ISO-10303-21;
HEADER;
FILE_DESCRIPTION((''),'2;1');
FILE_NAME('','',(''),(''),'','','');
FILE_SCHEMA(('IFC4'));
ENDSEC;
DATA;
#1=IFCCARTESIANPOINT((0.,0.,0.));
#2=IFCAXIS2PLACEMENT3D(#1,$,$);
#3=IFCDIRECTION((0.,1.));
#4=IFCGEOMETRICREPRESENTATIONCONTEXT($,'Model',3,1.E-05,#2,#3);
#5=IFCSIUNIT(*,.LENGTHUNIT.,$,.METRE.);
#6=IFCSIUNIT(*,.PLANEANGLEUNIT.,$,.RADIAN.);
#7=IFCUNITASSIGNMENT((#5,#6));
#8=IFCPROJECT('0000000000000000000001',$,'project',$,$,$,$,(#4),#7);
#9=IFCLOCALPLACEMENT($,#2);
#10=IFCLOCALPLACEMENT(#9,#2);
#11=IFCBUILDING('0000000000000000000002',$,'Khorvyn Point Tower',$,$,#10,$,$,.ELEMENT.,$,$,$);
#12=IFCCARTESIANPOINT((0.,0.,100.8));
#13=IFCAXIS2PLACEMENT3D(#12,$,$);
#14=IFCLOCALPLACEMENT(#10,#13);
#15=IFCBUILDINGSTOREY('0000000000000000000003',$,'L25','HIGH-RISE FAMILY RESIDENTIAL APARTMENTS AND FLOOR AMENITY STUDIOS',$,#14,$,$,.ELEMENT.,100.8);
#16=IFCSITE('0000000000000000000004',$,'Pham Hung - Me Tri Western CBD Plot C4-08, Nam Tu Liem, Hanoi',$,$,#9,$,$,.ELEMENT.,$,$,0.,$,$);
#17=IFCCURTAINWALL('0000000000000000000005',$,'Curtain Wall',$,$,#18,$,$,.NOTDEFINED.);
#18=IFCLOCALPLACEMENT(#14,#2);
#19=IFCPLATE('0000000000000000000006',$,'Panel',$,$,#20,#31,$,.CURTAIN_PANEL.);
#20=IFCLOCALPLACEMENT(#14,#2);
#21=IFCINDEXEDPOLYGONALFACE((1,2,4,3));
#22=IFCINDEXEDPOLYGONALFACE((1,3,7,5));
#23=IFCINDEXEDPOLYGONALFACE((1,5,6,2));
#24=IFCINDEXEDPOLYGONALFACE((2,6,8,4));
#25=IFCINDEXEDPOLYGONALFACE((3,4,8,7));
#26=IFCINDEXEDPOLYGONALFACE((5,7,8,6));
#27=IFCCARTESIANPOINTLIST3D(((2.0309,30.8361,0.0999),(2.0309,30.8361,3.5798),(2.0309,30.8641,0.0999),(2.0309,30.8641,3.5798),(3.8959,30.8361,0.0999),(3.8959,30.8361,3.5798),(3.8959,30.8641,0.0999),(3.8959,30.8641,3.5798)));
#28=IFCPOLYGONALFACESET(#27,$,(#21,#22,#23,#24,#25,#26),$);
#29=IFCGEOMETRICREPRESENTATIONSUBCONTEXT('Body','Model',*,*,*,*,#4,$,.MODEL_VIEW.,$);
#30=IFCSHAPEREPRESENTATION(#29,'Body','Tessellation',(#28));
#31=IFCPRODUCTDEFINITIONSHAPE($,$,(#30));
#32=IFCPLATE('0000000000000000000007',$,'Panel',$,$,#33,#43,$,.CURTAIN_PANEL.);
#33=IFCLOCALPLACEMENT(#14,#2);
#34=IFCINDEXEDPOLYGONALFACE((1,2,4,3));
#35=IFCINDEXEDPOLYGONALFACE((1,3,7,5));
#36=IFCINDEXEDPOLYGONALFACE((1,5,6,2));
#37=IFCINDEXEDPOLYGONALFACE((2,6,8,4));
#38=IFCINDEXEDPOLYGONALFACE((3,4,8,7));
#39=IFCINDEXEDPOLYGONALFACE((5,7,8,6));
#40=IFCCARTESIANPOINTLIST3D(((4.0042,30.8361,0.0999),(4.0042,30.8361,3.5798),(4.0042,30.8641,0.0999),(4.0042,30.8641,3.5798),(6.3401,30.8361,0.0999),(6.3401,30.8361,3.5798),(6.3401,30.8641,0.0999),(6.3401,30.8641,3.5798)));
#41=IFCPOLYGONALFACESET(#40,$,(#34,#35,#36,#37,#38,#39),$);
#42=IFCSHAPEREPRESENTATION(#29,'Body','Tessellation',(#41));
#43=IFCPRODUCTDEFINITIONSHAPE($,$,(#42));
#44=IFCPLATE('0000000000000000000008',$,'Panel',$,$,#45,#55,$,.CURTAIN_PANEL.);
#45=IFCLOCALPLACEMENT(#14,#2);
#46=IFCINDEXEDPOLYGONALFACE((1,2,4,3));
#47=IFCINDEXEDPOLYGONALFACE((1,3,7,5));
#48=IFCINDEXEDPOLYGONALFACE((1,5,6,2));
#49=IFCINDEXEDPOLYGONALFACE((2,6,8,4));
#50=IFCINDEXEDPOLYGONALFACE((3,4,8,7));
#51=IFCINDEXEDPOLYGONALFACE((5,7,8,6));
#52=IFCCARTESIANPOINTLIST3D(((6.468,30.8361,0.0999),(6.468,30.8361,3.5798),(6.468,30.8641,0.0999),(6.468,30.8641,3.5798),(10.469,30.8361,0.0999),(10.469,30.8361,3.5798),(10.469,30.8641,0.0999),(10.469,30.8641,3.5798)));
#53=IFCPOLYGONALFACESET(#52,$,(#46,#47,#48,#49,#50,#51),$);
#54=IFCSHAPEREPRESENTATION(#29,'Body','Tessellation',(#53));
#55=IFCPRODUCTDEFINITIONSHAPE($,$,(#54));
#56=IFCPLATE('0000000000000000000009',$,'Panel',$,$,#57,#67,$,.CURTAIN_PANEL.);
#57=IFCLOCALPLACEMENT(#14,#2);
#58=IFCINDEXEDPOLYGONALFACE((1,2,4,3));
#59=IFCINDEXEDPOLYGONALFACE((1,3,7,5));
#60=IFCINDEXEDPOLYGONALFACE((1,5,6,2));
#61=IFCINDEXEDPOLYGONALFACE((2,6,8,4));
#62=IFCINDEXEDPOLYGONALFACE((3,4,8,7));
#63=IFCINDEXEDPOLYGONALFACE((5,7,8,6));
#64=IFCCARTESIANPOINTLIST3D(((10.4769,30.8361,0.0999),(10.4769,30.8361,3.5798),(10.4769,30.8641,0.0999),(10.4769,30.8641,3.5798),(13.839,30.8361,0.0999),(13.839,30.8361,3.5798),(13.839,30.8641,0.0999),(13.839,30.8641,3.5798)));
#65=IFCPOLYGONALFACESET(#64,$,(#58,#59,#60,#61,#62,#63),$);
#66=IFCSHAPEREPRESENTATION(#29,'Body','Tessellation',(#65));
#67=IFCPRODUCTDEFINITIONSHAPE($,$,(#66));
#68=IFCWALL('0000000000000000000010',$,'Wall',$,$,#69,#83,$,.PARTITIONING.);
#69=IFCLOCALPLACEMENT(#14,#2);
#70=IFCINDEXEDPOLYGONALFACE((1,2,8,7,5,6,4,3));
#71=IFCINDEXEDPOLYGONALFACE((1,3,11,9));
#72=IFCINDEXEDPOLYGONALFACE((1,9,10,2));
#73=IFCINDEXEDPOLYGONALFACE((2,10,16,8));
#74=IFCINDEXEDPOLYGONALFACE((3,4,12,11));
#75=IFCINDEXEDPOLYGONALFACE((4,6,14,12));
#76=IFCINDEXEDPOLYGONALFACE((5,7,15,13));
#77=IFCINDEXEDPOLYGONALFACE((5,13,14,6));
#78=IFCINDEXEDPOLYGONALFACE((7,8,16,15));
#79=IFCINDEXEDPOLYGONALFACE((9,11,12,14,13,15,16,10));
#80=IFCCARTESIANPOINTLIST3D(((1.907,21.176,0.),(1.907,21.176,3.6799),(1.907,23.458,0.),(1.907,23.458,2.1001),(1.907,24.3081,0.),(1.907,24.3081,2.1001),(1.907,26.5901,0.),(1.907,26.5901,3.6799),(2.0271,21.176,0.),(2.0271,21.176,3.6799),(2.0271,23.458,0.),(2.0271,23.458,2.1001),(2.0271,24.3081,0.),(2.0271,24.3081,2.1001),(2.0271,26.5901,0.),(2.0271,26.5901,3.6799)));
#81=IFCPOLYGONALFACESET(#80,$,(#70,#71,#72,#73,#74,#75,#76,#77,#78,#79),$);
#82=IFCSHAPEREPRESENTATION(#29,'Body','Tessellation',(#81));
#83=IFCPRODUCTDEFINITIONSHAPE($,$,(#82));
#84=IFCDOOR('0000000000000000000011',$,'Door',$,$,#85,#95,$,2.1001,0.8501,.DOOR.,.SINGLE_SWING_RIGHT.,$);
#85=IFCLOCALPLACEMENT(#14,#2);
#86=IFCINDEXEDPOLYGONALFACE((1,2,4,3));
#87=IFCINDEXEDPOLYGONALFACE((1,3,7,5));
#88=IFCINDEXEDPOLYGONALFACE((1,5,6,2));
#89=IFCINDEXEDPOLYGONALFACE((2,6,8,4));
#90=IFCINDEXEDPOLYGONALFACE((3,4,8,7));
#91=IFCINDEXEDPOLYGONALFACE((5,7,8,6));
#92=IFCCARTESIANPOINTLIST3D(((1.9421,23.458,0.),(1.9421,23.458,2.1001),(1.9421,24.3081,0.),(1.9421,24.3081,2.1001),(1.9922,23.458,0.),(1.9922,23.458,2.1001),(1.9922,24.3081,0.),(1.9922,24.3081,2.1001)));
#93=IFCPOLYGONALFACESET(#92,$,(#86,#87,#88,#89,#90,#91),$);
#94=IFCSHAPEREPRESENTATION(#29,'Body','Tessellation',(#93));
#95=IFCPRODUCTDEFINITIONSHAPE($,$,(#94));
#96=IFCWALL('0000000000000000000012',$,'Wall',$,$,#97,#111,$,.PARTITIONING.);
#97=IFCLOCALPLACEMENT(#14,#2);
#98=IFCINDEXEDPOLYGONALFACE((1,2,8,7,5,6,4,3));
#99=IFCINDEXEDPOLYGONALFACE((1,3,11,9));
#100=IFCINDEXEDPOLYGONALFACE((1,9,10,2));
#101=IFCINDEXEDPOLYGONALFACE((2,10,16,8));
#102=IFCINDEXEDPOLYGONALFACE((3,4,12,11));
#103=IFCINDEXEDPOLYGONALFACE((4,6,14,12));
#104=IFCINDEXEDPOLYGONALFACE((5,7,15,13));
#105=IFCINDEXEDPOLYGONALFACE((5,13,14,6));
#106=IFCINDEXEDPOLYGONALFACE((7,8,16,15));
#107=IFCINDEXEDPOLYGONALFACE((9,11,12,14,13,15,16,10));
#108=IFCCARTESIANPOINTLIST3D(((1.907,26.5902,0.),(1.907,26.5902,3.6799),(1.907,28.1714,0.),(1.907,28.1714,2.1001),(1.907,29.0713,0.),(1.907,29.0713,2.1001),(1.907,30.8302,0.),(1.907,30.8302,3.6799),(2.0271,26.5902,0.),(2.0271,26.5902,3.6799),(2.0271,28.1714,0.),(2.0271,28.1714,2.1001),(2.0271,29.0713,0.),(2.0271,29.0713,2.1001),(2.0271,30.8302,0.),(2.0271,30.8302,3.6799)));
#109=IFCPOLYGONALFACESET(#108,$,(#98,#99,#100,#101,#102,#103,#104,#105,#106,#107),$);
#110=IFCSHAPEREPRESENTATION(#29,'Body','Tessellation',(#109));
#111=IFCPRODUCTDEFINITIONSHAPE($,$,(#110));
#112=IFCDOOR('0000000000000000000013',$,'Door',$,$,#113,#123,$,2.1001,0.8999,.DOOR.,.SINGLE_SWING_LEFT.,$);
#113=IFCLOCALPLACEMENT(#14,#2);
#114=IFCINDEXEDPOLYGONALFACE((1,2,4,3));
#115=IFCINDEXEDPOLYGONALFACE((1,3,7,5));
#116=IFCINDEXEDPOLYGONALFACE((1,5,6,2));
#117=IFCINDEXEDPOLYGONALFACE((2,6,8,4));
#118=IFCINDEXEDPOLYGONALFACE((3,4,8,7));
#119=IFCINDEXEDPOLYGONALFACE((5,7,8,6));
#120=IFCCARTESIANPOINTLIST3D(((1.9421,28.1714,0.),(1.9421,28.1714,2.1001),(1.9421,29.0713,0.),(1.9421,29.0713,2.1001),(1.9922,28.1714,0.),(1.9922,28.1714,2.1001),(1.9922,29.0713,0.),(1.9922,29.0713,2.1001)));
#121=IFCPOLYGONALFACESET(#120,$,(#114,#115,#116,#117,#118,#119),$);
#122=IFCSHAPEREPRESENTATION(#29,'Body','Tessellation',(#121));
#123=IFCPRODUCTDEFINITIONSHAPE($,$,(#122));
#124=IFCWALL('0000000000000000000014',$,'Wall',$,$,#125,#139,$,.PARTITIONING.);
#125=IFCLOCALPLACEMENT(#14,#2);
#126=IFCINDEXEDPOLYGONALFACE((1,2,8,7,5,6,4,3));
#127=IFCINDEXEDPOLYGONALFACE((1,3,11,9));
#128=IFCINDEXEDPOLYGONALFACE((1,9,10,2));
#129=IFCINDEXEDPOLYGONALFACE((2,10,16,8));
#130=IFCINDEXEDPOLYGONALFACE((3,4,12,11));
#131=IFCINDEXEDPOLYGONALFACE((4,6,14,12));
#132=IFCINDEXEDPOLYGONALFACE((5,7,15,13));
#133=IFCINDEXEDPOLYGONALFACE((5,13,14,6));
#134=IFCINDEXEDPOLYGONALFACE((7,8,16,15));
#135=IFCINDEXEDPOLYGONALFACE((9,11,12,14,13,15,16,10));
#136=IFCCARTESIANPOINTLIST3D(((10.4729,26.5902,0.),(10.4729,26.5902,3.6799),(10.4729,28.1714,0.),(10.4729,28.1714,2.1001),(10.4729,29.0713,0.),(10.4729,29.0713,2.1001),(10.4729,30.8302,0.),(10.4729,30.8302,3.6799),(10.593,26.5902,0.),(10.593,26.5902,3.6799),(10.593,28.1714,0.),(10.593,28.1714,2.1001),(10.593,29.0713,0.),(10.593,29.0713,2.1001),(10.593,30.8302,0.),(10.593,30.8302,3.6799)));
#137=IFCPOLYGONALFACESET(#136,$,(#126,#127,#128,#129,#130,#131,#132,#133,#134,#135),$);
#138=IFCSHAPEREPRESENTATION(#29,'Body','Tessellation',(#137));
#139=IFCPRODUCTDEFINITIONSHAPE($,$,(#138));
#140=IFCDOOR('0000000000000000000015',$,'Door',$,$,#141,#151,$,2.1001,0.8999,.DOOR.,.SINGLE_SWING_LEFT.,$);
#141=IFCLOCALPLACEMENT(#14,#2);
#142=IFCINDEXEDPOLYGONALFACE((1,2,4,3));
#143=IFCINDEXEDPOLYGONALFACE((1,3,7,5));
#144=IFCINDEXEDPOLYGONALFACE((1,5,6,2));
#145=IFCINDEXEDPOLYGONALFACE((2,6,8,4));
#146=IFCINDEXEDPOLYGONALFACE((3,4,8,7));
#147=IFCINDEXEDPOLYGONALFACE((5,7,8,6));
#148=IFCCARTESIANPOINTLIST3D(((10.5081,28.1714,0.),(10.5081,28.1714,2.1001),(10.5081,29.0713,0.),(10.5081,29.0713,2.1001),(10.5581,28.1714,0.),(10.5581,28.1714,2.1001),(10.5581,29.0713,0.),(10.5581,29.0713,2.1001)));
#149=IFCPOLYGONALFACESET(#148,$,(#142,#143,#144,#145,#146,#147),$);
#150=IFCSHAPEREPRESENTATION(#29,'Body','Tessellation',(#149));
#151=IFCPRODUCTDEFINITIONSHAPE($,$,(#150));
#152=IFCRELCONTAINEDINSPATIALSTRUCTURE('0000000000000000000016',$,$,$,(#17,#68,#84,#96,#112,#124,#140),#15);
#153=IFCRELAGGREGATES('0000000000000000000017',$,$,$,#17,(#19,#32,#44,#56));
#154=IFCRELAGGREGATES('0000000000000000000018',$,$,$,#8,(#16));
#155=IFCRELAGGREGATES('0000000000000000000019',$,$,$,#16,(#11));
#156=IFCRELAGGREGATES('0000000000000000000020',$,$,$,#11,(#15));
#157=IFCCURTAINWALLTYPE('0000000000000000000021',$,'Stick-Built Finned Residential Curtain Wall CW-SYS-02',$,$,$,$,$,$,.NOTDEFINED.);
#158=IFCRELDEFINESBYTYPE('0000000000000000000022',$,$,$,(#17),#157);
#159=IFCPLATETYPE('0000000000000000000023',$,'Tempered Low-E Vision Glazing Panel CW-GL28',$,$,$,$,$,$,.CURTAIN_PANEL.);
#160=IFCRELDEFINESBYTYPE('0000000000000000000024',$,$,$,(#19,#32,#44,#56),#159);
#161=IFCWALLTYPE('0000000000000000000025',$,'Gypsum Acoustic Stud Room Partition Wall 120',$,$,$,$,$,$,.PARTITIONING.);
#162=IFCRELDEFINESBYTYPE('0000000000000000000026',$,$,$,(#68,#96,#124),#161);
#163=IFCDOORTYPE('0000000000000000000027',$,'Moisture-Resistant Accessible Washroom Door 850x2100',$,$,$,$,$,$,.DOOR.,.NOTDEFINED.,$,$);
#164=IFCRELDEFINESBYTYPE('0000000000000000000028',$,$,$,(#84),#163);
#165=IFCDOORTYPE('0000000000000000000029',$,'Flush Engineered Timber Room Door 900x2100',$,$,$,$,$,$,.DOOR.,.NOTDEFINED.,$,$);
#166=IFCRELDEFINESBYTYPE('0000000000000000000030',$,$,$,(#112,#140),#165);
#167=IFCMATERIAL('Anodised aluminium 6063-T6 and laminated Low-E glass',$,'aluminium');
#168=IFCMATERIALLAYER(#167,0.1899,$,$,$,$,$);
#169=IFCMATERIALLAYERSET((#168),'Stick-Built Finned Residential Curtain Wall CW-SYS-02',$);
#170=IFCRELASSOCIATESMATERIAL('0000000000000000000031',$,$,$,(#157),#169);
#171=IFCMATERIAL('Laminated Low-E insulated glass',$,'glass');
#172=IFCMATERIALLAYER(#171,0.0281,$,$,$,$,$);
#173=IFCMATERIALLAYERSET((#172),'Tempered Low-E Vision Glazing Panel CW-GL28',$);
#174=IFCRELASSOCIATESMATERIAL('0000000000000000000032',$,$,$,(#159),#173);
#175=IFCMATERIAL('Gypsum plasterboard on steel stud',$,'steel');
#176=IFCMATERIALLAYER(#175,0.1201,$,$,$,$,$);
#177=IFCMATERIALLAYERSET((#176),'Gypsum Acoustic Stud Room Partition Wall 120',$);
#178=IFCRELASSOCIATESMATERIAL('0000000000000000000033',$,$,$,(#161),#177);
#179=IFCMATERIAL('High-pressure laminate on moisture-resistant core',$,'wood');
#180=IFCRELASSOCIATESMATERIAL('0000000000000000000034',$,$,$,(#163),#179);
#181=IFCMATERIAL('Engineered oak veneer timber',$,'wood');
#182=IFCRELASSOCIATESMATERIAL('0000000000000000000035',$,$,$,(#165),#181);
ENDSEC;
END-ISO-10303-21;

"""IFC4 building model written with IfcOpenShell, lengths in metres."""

from ifc_helpers import new_model, si_unit, direction, frame, frame_2d, origin, origin_2d, place, context, subcontext, project, spatial, rectangle, extrude, material, layer, layer_set, type_object, element, fill, aggregate, save


model = new_model("IFC4")

# Units and contexts
model_context = context("Model", 3, precision=1e-05, world=origin(), true_north=direction((0.0, 1.0)))
body_context = subcontext(model_context, "Body", "Model", "MODEL_VIEW")
ifc_project = project(units=[si_unit("LENGTHUNIT", "METRE"), si_unit("PLANEANGLEUNIT", "RADIAN")], contexts=[model_context])

# Site, building, storey
site_placement = place(None, origin())
site = spatial("IfcSite", under=ifc_project, at=site_placement, Name="Pham Hung - Me Tri Western CBD Plot C4-08, Nam Tu Liem, Hanoi", CompositionType="ELEMENT", RefElevation=0.0)
building_placement = place(site_placement, origin())
building = spatial("IfcBuilding", under=site, at=building_placement, Name="Khorvyn Point Tower", CompositionType="ELEMENT")
storey_placement = place(building_placement, frame((0.0, 0.0, 100.8)))
storey = spatial("IfcBuildingStorey", under=building, at=storey_placement, Name="L25", Description="HIGH-RISE FAMILY RESIDENTIAL APARTMENTS AND FLOOR AMENITY STUDIOS", CompositionType="ELEMENT", Elevation=100.8)

# Curtain wall
ifc_material_1 = material(Name="Anodised aluminium 6063-T6 and laminated Low-E glass", Category="aluminium")
ifc_layer_1 = layer(ifc_material_1, 0.1899)
ifc_layer_set_1 = layer_set([ifc_layer_1], Name="Stick-Built Finned Residential Curtain Wall CW-SYS-02")
curtain_wall_type = type_object("IfcCurtainWallType", Name="Stick-Built Finned Residential Curtain Wall CW-SYS-02", PredefinedType="NOTDEFINED", material=ifc_layer_set_1)
curtain_wall_placement = place(storey_placement, origin())
curtain_wall = element("IfcCurtainWall", 1, at=curtain_wall_placement, inside=storey, type_object=curtain_wall_type, Name="Curtain Wall", PredefinedType="NOTDEFINED")

# Plates
ifc_material_2 = material(Name="Laminated Low-E insulated glass", Category="glass")
ifc_layer_2 = layer(ifc_material_2, 0.0281)
ifc_layer_set_2 = layer_set([ifc_layer_2], Name="Tempered Low-E Vision Glazing Panel CW-GL28")
plate_type = type_object("IfcPlateType", Name="Tempered Low-E Vision Glazing Panel CW-GL28", PredefinedType="CURTAIN_PANEL", material=ifc_layer_set_2)
plate_1_placement = place(storey_placement, frame((2.9634, 30.8501, 0.0999), z_axis=(0.0, 0.0, 1.0), x_axis=(1.0, 0.0, 0.0)))
plate_1 = element("IfcPlate", 2, at=plate_1_placement, type_object=plate_type, Name="Panel", PredefinedType="CURTAIN_PANEL", context=body_context, shape_type="SweptSolid", body=[
    extrude(rectangle(XDim=1.865, YDim=0.0281, at=origin_2d()), origin(), (0.0, 0.0, 1.0), 3.48),
])
plate_2_placement = place(storey_placement, frame((5.1721, 30.8501, 0.0999), z_axis=(0.0, 0.0, 1.0), x_axis=(1.0, 0.0, 0.0)))
plate_2 = element("IfcPlate", 3, at=plate_2_placement, type_object=plate_type, Name="Panel", PredefinedType="CURTAIN_PANEL", context=body_context, shape_type="SweptSolid", body=[
    extrude(rectangle(XDim=2.3359, YDim=0.0281, at=origin_2d()), origin(), (0.0, 0.0, 1.0), 3.48),
])
plate_3_placement = place(storey_placement, frame((8.4685, 30.8501, 0.0999), z_axis=(0.0, 0.0, 1.0), x_axis=(1.0, 0.0, 0.0)))
plate_3 = element("IfcPlate", 4, at=plate_3_placement, type_object=plate_type, Name="Panel", PredefinedType="CURTAIN_PANEL", context=body_context, shape_type="SweptSolid", body=[
    extrude(rectangle(XDim=4.001, YDim=0.0281, at=origin_2d()), origin(), (0.0, 0.0, 1.0), 3.48),
])
plate_4_placement = place(storey_placement, frame((12.158, 30.8501, 0.0999), z_axis=(0.0, 0.0, 1.0), x_axis=(1.0, 0.0, 0.0)))
plate_4 = element("IfcPlate", 5, at=plate_4_placement, type_object=plate_type, Name="Panel", PredefinedType="CURTAIN_PANEL", context=body_context, shape_type="SweptSolid", body=[
    extrude(rectangle(XDim=3.3621, YDim=0.0281, at=origin_2d()), origin(), (0.0, 0.0, 1.0), 3.48),
])
aggregate(curtain_wall, [plate_1, plate_2, plate_3, plate_4])

# Walls, openings, doors
ifc_material_3 = material(Name="Gypsum plasterboard on steel stud", Category="steel")
ifc_layer_3 = layer(ifc_material_3, 0.1201)
ifc_layer_set_3 = layer_set([ifc_layer_3], Name="Gypsum Acoustic Stud Room Partition Wall 120")
wall_type_1 = type_object("IfcWallType", Name="Gypsum Acoustic Stud Room Partition Wall 120", PredefinedType="PARTITIONING", material=ifc_layer_set_3)
wall_1_placement = place(storey_placement, frame((1.967, 21.176, 0.0), z_axis=(0.0, 0.0, 1.0), x_axis=(0.0, 1.0, 0.0)))
wall_1 = element("IfcWall", 6, at=wall_1_placement, inside=storey, type_object=wall_type_1, Name="Wall", PredefinedType="PARTITIONING", context=body_context, shape_type="SweptSolid", body=[
    extrude(rectangle(XDim=5.4141, YDim=0.1201, at=frame_2d((2.707, 0.0))), origin(), (0.0, 0.0, 1.0), 3.6799),
])
opening_1_placement = place(wall_1_placement, frame((2.282, 0.0, 0.0)))
opening_1 = element("IfcOpeningElement", 7, at=opening_1_placement, cuts=wall_1, PredefinedType="OPENING", context=body_context, shape_type="SweptSolid", body=[
    extrude(rectangle(XDim=0.8501, YDim=2.1001, at=frame_2d((0.425, 1.05))), frame((0.0, 0.0701, 0.0), z_axis=(0.0, -1.0, 0.0), x_axis=(1.0, 0.0, 0.0)), (0.0, 0.0, 1.0), 0.1401),
])
ifc_material_4 = material(Name="High-pressure laminate on moisture-resistant core", Category="wood")
door_type_1 = type_object("IfcDoorType", Name="Moisture-Resistant Accessible Washroom Door 850x2100", OperationType="NOTDEFINED", PredefinedType="DOOR", material=ifc_material_4)
door_1_placement = place(opening_1_placement, origin())
door_1 = element("IfcDoor", 8, at=door_1_placement, inside=storey, type_object=door_type_1, Name="Door", OperationType="SINGLE_SWING_RIGHT", OverallHeight=2.1001, OverallWidth=0.8501, PredefinedType="DOOR", context=body_context, shape_type="SweptSolid", body=[
    extrude(rectangle(XDim=0.8501, YDim=2.1001, at=frame_2d((0.425, 1.05))), frame((0.0, 0.0249, 0.0), z_axis=(0.0, -1.0, 0.0), x_axis=(1.0, 0.0, 0.0)), (0.0, 0.0, 1.0), 0.05),
])
fill(opening_1, door_1)
wall_2_placement = place(storey_placement, frame((1.967, 26.5901, 0.0), z_axis=(0.0, 0.0, 1.0), x_axis=(0.0, 1.0, 0.0)))
wall_2 = element("IfcWall", 9, at=wall_2_placement, inside=storey, type_object=wall_type_1, Name="Wall", PredefinedType="PARTITIONING", context=body_context, shape_type="SweptSolid", body=[
    extrude(rectangle(XDim=4.24, YDim=0.1201, at=frame_2d((2.1201, 0.0))), origin(), (0.0, 0.0, 1.0), 3.6799),
])
opening_2_placement = place(wall_2_placement, frame((1.5813, 0.0, 0.0)))
opening_2 = element("IfcOpeningElement", 10, at=opening_2_placement, cuts=wall_2, PredefinedType="OPENING", context=body_context, shape_type="SweptSolid", body=[
    extrude(rectangle(XDim=0.8999, YDim=2.1001, at=frame_2d((0.45, 1.05))), frame((0.0, 0.0701, 0.0), z_axis=(0.0, -1.0, 0.0), x_axis=(1.0, 0.0, 0.0)), (0.0, 0.0, 1.0), 0.1401),
])
ifc_material_5 = material(Name="Engineered oak veneer timber", Category="wood")
door_type_2 = type_object("IfcDoorType", Name="Flush Engineered Timber Room Door 900x2100", OperationType="NOTDEFINED", PredefinedType="DOOR", material=ifc_material_5)
door_2_placement = place(opening_2_placement, origin())
door_2 = element("IfcDoor", 11, at=door_2_placement, inside=storey, type_object=door_type_2, Name="Door", OperationType="SINGLE_SWING_LEFT", OverallHeight=2.1001, OverallWidth=0.8999, PredefinedType="DOOR", context=body_context, shape_type="SweptSolid", body=[
    extrude(rectangle(XDim=0.8999, YDim=2.1001, at=frame_2d((0.45, 1.05))), frame((0.0, 0.0249, 0.0), z_axis=(0.0, -1.0, 0.0), x_axis=(1.0, 0.0, 0.0)), (0.0, 0.0, 1.0), 0.05),
])
fill(opening_2, door_2)
wall_3_placement = place(storey_placement, frame((10.533, 26.5901, 0.0), z_axis=(0.0, 0.0, 1.0), x_axis=(0.0, 1.0, 0.0)))
wall_3 = element("IfcWall", 12, at=wall_3_placement, inside=storey, type_object=wall_type_1, Name="Wall", PredefinedType="PARTITIONING", context=body_context, shape_type="SweptSolid", body=[
    extrude(rectangle(XDim=4.24, YDim=0.1201, at=frame_2d((2.1201, 0.0))), origin(), (0.0, 0.0, 1.0), 3.6799),
])
opening_3_placement = place(wall_3_placement, frame((1.5813, 0.0, 0.0)))
opening_3 = element("IfcOpeningElement", 13, at=opening_3_placement, cuts=wall_3, PredefinedType="OPENING", context=body_context, shape_type="SweptSolid", body=[
    extrude(rectangle(XDim=0.8999, YDim=2.1001, at=frame_2d((0.45, 1.05))), frame((0.0, 0.0701, 0.0), z_axis=(0.0, -1.0, 0.0), x_axis=(1.0, 0.0, 0.0)), (0.0, 0.0, 1.0), 0.1401),
])
door_3_placement = place(opening_3_placement, origin())
door_3 = element("IfcDoor", 14, at=door_3_placement, inside=storey, type_object=door_type_2, Name="Door", OperationType="SINGLE_SWING_LEFT", OverallHeight=2.1001, OverallWidth=0.8999, PredefinedType="DOOR", context=body_context, shape_type="SweptSolid", body=[
    extrude(rectangle(XDim=0.8999, YDim=2.1001, at=frame_2d((0.45, 1.05))), frame((0.0, 0.0249, 0.0), z_axis=(0.0, -1.0, 0.0), x_axis=(1.0, 0.0, 0.0)), (0.0, 0.0, 1.0), 0.05),
])
fill(opening_3, door_3)

save(model, "model.ifc")
